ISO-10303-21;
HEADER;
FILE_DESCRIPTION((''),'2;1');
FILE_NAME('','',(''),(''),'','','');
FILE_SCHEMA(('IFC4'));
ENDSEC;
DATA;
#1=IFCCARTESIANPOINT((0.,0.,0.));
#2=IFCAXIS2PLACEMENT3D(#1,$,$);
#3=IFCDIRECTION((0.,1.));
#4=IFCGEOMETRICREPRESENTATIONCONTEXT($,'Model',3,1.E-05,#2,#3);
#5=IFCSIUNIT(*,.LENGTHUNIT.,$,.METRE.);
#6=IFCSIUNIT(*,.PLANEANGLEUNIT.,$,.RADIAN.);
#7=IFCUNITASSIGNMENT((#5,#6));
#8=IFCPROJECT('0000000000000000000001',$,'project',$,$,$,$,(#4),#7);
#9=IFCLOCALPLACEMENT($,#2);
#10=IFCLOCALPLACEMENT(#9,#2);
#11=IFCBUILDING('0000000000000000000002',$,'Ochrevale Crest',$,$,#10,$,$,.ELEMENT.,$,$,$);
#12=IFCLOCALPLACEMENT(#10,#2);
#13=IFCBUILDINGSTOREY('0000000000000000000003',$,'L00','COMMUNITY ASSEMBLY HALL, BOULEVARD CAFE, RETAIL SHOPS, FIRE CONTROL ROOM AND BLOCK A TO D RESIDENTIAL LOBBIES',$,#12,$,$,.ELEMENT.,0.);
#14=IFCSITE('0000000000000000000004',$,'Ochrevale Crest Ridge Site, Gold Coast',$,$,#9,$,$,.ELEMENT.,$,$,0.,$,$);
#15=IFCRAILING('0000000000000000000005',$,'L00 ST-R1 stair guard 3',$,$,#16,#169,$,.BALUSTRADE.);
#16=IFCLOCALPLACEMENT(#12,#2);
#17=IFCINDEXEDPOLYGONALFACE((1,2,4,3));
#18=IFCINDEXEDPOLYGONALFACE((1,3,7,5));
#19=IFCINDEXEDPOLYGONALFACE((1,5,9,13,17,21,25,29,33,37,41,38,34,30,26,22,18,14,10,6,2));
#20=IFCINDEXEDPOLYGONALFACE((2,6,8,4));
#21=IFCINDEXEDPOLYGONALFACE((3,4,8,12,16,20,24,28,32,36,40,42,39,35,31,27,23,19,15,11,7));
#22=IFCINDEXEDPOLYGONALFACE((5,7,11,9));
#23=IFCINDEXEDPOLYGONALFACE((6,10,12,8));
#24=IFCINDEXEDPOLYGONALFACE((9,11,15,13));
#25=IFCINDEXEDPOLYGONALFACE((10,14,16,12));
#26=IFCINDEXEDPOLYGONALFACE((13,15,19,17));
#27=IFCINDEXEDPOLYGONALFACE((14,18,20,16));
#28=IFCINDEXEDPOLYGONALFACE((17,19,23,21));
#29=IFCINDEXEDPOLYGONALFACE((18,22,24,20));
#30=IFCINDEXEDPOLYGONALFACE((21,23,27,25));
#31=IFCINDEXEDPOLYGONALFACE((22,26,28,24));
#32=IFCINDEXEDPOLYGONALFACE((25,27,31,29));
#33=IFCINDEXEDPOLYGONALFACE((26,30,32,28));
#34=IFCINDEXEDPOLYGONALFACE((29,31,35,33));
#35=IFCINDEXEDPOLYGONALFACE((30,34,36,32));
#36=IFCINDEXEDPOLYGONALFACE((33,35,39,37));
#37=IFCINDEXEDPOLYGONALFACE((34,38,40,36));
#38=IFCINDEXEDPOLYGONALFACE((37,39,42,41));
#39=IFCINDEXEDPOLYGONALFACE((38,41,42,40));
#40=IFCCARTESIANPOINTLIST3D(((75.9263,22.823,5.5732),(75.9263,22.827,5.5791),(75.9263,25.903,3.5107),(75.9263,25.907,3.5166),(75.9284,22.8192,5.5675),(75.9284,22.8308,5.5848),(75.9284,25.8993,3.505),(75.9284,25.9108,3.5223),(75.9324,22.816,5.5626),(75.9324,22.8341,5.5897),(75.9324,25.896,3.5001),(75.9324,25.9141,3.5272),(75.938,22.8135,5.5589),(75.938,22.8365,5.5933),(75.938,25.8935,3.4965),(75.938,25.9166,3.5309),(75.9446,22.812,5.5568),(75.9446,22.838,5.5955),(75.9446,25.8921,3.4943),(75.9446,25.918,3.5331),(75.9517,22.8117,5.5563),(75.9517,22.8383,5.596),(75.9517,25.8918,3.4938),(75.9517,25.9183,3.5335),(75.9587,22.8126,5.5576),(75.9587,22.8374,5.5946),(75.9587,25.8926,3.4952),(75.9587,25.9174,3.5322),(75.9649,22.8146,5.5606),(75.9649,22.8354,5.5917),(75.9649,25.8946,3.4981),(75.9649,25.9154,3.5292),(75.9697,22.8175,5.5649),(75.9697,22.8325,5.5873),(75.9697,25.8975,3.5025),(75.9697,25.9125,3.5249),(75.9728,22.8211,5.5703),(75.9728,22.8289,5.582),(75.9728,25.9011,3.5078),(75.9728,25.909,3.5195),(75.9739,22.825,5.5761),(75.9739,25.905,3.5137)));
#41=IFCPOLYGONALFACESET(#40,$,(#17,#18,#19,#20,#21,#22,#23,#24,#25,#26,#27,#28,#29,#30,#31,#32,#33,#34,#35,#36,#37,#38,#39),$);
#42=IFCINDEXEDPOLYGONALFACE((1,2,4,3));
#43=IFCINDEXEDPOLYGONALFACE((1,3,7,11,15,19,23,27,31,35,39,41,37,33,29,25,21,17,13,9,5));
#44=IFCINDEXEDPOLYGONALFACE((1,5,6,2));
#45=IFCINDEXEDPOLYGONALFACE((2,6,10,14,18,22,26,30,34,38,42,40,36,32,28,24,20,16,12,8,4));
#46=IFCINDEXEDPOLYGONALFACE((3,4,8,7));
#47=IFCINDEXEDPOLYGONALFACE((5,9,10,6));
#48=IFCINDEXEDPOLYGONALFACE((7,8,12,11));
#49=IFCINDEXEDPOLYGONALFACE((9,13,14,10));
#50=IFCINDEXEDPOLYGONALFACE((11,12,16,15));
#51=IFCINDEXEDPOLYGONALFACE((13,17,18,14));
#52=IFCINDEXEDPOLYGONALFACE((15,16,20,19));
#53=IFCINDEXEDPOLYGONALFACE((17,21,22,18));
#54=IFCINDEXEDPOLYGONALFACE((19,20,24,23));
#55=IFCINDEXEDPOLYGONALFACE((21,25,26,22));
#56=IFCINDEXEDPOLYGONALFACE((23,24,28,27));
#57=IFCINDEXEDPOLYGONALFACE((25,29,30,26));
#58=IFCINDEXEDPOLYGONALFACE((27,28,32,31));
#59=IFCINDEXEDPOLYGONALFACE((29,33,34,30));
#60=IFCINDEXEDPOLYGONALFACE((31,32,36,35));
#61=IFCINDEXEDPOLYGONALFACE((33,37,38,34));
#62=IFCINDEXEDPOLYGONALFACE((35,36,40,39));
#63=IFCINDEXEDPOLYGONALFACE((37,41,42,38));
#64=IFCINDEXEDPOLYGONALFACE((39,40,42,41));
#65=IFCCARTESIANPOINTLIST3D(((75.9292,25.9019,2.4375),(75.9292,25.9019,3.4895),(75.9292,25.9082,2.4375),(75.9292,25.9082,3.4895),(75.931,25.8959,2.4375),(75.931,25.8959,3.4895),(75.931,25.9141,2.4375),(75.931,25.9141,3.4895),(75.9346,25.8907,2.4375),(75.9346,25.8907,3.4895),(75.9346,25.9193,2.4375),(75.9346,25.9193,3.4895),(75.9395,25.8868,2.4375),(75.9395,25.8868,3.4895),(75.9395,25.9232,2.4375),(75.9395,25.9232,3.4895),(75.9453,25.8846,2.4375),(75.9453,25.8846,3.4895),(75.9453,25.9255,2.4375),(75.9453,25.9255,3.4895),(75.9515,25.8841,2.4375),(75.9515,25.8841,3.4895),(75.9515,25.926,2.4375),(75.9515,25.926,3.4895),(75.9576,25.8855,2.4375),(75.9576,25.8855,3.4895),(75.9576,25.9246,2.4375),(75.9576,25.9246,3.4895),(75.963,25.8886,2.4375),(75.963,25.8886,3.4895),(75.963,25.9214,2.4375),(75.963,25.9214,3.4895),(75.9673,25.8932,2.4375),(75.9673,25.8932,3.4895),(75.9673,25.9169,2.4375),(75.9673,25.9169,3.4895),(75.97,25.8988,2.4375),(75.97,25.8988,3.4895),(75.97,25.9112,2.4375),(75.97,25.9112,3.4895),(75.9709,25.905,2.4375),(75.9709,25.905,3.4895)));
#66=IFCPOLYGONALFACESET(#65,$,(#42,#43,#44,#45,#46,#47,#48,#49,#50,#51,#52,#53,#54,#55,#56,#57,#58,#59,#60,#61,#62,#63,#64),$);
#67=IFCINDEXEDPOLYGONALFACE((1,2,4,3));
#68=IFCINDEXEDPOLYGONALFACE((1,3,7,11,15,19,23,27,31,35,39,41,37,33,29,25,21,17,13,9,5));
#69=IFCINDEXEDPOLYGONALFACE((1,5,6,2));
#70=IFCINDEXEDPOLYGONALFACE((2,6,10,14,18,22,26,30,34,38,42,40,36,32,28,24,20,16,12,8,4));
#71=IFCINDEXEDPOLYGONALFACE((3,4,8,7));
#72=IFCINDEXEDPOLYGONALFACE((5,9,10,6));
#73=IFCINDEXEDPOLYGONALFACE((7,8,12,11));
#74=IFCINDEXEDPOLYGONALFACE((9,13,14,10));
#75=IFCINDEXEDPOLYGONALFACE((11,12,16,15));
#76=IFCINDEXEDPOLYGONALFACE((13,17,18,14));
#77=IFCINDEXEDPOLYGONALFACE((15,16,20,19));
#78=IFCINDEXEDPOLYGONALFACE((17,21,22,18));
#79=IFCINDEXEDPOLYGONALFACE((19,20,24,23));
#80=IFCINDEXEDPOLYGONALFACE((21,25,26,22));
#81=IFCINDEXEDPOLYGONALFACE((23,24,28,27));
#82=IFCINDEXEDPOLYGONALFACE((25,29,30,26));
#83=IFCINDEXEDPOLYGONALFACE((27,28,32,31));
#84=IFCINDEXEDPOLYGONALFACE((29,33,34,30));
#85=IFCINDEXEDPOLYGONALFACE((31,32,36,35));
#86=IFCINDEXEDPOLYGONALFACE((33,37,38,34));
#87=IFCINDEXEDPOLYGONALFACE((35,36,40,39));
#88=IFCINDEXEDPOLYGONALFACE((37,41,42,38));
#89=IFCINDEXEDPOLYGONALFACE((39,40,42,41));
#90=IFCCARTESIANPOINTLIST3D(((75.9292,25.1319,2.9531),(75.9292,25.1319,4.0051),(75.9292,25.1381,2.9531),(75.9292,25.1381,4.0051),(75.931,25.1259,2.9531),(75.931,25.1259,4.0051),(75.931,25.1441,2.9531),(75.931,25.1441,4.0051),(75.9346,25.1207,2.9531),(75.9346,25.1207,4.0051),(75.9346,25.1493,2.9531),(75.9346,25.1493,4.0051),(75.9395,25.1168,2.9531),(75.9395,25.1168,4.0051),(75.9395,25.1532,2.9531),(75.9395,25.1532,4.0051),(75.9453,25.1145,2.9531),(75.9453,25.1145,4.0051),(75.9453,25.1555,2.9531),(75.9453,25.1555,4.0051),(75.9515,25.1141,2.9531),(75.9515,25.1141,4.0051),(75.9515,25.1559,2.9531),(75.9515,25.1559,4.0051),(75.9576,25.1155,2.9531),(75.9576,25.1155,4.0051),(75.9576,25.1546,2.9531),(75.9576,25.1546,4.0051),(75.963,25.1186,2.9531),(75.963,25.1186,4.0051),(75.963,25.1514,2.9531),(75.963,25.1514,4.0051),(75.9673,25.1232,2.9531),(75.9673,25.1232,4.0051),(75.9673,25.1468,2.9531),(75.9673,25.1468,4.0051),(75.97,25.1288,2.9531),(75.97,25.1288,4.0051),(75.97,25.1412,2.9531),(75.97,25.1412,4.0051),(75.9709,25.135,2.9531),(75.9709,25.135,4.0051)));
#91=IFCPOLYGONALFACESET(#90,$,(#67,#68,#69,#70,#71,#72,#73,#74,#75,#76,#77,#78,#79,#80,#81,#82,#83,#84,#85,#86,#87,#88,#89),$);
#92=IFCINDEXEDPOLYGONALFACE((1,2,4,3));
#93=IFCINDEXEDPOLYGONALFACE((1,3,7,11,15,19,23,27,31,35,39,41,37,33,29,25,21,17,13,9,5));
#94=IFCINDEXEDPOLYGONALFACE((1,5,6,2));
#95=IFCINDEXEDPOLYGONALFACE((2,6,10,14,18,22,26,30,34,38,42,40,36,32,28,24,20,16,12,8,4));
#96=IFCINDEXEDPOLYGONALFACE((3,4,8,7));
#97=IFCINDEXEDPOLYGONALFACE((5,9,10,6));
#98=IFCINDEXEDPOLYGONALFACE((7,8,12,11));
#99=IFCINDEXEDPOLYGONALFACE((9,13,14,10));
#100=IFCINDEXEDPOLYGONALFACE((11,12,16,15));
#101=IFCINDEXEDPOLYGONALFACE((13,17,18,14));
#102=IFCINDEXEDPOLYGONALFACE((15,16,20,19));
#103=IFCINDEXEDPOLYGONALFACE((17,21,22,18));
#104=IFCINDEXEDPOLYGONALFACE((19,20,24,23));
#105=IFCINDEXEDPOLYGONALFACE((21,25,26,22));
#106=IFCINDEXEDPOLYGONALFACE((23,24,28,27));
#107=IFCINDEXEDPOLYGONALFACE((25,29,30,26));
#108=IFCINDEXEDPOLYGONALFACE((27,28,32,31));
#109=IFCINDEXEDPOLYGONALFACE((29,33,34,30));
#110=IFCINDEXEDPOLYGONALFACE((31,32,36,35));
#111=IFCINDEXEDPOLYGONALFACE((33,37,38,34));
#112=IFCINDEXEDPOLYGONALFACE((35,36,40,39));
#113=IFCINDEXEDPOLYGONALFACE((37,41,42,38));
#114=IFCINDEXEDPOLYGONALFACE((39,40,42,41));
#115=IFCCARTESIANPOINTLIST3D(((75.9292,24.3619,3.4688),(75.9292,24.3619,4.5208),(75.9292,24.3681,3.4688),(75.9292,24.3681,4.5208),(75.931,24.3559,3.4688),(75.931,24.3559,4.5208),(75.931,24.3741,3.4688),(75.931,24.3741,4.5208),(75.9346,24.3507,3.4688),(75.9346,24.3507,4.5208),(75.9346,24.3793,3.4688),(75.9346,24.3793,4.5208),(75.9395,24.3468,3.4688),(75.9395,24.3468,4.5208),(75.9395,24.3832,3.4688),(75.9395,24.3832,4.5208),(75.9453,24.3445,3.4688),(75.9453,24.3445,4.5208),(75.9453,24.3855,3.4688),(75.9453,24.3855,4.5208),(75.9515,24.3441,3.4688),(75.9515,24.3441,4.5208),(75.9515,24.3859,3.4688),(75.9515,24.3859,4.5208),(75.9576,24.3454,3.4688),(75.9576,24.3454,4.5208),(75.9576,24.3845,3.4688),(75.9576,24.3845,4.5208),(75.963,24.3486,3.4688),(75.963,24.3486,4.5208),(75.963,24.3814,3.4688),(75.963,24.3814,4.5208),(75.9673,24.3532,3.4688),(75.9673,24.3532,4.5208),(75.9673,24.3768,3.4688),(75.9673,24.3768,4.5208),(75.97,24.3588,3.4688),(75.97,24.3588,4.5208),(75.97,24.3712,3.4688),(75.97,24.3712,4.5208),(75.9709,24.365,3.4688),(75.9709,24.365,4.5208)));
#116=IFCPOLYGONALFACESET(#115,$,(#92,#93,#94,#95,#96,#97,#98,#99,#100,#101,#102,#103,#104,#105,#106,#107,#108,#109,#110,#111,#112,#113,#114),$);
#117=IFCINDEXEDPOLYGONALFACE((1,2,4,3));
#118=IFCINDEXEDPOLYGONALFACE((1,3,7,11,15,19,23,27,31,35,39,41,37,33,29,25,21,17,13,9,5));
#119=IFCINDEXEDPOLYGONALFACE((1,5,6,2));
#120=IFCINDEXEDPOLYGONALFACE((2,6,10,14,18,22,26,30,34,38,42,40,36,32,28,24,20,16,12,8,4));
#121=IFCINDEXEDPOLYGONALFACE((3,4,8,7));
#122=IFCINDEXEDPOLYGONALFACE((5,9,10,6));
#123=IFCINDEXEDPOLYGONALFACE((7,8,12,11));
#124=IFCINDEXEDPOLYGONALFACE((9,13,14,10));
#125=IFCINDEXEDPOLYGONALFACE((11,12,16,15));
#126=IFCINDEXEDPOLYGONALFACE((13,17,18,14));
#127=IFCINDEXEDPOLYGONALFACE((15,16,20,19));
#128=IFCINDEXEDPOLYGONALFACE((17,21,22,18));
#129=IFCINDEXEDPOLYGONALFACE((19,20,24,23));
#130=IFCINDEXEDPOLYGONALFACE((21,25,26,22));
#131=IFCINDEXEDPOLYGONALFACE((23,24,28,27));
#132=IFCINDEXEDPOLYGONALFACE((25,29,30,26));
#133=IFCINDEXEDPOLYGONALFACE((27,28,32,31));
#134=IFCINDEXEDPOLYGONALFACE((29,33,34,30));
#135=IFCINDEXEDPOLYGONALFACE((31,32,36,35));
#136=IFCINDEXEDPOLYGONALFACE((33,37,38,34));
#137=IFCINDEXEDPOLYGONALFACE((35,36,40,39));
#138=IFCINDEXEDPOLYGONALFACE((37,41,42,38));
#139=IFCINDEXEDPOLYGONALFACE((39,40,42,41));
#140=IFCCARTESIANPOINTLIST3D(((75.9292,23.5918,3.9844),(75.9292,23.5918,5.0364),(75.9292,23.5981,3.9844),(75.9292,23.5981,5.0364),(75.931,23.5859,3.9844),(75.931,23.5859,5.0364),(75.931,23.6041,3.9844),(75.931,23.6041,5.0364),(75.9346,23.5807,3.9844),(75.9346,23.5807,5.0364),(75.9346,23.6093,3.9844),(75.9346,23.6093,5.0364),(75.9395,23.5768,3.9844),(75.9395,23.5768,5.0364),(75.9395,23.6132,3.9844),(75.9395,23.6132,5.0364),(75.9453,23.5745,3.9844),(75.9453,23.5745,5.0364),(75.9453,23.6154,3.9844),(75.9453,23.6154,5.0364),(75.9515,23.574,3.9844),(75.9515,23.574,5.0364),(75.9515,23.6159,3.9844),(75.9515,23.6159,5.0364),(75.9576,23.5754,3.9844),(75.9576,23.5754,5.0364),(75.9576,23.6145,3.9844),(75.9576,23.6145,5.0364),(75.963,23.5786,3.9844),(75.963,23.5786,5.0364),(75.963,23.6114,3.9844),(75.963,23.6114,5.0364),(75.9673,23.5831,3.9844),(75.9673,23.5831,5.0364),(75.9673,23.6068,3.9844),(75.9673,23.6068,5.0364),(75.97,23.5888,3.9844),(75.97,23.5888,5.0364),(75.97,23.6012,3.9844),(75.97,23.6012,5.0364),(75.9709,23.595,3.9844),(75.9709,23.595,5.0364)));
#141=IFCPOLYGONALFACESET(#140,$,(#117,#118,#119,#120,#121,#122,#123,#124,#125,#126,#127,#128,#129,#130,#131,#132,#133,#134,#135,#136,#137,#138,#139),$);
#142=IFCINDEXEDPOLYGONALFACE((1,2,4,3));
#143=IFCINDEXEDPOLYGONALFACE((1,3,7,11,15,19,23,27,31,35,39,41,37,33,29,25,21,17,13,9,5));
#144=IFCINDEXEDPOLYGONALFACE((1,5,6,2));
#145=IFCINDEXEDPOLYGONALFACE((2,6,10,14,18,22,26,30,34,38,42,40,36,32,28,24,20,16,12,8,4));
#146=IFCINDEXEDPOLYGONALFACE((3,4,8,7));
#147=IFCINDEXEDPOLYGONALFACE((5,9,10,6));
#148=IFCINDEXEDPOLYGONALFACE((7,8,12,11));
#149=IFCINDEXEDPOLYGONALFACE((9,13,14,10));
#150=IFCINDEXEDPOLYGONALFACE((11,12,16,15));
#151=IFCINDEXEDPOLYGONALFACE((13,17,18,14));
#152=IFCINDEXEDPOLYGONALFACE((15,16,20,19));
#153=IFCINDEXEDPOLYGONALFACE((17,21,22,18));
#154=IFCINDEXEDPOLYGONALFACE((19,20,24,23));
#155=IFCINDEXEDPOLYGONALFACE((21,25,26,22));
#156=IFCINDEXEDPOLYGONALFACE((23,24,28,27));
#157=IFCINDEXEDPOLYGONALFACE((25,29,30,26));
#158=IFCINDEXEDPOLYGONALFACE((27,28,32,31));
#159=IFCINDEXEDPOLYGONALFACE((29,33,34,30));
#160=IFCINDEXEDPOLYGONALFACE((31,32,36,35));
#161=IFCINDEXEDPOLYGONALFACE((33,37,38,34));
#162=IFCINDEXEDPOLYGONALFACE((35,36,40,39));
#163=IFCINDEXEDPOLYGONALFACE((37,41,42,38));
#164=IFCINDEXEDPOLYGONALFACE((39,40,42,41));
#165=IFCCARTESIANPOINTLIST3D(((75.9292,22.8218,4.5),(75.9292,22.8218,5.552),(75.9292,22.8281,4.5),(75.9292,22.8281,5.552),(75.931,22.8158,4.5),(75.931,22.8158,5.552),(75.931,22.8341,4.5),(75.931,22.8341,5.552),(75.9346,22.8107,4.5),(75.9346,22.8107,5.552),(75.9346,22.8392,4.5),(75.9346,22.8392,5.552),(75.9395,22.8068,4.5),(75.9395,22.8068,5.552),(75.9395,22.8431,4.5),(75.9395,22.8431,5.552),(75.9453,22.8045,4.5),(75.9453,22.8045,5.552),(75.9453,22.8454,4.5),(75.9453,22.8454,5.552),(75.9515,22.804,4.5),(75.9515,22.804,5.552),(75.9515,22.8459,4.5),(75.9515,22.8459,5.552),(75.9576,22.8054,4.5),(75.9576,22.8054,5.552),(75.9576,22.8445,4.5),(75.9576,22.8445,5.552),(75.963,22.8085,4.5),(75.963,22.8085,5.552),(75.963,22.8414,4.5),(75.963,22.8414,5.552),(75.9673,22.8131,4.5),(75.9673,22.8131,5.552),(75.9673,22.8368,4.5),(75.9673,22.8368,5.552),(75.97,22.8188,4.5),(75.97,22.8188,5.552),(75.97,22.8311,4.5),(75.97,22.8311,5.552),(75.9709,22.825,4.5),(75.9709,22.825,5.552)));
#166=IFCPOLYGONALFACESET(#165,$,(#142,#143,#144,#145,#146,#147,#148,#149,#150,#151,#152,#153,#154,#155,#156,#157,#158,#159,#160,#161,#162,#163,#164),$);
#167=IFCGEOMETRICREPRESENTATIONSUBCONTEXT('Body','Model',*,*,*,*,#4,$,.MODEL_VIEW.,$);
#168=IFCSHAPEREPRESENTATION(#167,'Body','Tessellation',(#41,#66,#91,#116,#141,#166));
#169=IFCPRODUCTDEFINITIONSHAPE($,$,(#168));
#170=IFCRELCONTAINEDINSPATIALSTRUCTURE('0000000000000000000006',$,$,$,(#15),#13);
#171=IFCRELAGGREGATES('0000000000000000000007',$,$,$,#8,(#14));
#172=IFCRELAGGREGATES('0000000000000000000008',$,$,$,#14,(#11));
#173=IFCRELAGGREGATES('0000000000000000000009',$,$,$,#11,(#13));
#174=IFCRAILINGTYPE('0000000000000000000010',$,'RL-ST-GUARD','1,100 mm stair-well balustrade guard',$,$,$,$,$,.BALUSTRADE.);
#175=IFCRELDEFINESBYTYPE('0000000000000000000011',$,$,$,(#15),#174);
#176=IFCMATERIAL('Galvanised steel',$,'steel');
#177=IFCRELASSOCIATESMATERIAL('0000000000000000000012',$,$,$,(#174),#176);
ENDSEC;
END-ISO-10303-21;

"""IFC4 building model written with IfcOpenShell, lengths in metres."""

from ifc_helpers import new_model, si_unit, direction, frame, origin, origin_2d, place, context, subcontext, project, spatial, circle, extrude, material, type_object, element, save


model = new_model("IFC4")

# Units and contexts
model_context = context("Model", 3, precision=1e-05, world=origin(), true_north=direction((0.0, 1.0)))
body_context = subcontext(model_context, "Body", "Model", "MODEL_VIEW")
ifc_project = project(units=[si_unit("LENGTHUNIT", "METRE"), si_unit("PLANEANGLEUNIT", "RADIAN")], contexts=[model_context])

# Site, building, storey
site_placement = place(None, origin())
site = spatial("IfcSite", under=ifc_project, at=site_placement, Name="Ochrevale Crest Ridge Site, Gold Coast", CompositionType="ELEMENT", RefElevation=0.0)
building_placement = place(site_placement, origin())
building = spatial("IfcBuilding", under=site, at=building_placement, Name="Ochrevale Crest", CompositionType="ELEMENT")
storey_placement = place(building_placement, origin())
storey = spatial("IfcBuildingStorey", under=building, at=storey_placement, Name="L00", Description="COMMUNITY ASSEMBLY HALL, BOULEVARD CAFE, RETAIL SHOPS, FIRE CONTROL ROOM AND BLOCK A TO D RESIDENTIAL LOBBIES", CompositionType="ELEMENT", Elevation=0.0)

# Railing
ifc_material_1 = material(Name="Galvanised steel", Category="steel")
railing_type_1 = type_object("IfcRailingType", Name="RL-ST-GUARD", Description="1,100 mm stair-well balustrade guard", PredefinedType="BALUSTRADE", material=ifc_material_1)
railing_1_placement = place(storey_placement, frame((75.95, 25.905, 2.4375)))
element("IfcRailing", 1, at=railing_1_placement, inside=storey, type_object=railing_type_1, Name="L00 ST-R1 stair guard 3", PredefinedType="BALUSTRADE", context=body_context, shape_type="SweptSolid", body=[
    extrude(circle(Radius=0.0239, at=origin_2d()), frame((0.0, 0.0, 1.0762), z_axis=(0.0, -0.830914, 0.556401), x_axis=(1.0, 0.0, 0.0)), (0.0, 0.0, 1.0), 3.7068),
    extrude(circle(Radius=0.021, at=origin_2d()), origin(), (0.0, 0.0, 1.0), 1.052),
    extrude(circle(Radius=0.021, at=origin_2d()), frame((0.0, -0.77, 0.5156)), (0.0, 0.0, 1.0), 1.052),
    extrude(circle(Radius=0.021, at=origin_2d()), frame((0.0, -1.54, 1.0312)), (0.0, 0.0, 1.0), 1.052),
    extrude(circle(Radius=0.021, at=origin_2d()), frame((0.0, -2.3101, 1.5469)), (0.0, 0.0, 1.0), 1.052),
    extrude(circle(Radius=0.021, at=origin_2d()), frame((0.0, -3.0801, 2.0625)), (0.0, 0.0, 1.0), 1.052),
])

save(model, "model.ifc")
